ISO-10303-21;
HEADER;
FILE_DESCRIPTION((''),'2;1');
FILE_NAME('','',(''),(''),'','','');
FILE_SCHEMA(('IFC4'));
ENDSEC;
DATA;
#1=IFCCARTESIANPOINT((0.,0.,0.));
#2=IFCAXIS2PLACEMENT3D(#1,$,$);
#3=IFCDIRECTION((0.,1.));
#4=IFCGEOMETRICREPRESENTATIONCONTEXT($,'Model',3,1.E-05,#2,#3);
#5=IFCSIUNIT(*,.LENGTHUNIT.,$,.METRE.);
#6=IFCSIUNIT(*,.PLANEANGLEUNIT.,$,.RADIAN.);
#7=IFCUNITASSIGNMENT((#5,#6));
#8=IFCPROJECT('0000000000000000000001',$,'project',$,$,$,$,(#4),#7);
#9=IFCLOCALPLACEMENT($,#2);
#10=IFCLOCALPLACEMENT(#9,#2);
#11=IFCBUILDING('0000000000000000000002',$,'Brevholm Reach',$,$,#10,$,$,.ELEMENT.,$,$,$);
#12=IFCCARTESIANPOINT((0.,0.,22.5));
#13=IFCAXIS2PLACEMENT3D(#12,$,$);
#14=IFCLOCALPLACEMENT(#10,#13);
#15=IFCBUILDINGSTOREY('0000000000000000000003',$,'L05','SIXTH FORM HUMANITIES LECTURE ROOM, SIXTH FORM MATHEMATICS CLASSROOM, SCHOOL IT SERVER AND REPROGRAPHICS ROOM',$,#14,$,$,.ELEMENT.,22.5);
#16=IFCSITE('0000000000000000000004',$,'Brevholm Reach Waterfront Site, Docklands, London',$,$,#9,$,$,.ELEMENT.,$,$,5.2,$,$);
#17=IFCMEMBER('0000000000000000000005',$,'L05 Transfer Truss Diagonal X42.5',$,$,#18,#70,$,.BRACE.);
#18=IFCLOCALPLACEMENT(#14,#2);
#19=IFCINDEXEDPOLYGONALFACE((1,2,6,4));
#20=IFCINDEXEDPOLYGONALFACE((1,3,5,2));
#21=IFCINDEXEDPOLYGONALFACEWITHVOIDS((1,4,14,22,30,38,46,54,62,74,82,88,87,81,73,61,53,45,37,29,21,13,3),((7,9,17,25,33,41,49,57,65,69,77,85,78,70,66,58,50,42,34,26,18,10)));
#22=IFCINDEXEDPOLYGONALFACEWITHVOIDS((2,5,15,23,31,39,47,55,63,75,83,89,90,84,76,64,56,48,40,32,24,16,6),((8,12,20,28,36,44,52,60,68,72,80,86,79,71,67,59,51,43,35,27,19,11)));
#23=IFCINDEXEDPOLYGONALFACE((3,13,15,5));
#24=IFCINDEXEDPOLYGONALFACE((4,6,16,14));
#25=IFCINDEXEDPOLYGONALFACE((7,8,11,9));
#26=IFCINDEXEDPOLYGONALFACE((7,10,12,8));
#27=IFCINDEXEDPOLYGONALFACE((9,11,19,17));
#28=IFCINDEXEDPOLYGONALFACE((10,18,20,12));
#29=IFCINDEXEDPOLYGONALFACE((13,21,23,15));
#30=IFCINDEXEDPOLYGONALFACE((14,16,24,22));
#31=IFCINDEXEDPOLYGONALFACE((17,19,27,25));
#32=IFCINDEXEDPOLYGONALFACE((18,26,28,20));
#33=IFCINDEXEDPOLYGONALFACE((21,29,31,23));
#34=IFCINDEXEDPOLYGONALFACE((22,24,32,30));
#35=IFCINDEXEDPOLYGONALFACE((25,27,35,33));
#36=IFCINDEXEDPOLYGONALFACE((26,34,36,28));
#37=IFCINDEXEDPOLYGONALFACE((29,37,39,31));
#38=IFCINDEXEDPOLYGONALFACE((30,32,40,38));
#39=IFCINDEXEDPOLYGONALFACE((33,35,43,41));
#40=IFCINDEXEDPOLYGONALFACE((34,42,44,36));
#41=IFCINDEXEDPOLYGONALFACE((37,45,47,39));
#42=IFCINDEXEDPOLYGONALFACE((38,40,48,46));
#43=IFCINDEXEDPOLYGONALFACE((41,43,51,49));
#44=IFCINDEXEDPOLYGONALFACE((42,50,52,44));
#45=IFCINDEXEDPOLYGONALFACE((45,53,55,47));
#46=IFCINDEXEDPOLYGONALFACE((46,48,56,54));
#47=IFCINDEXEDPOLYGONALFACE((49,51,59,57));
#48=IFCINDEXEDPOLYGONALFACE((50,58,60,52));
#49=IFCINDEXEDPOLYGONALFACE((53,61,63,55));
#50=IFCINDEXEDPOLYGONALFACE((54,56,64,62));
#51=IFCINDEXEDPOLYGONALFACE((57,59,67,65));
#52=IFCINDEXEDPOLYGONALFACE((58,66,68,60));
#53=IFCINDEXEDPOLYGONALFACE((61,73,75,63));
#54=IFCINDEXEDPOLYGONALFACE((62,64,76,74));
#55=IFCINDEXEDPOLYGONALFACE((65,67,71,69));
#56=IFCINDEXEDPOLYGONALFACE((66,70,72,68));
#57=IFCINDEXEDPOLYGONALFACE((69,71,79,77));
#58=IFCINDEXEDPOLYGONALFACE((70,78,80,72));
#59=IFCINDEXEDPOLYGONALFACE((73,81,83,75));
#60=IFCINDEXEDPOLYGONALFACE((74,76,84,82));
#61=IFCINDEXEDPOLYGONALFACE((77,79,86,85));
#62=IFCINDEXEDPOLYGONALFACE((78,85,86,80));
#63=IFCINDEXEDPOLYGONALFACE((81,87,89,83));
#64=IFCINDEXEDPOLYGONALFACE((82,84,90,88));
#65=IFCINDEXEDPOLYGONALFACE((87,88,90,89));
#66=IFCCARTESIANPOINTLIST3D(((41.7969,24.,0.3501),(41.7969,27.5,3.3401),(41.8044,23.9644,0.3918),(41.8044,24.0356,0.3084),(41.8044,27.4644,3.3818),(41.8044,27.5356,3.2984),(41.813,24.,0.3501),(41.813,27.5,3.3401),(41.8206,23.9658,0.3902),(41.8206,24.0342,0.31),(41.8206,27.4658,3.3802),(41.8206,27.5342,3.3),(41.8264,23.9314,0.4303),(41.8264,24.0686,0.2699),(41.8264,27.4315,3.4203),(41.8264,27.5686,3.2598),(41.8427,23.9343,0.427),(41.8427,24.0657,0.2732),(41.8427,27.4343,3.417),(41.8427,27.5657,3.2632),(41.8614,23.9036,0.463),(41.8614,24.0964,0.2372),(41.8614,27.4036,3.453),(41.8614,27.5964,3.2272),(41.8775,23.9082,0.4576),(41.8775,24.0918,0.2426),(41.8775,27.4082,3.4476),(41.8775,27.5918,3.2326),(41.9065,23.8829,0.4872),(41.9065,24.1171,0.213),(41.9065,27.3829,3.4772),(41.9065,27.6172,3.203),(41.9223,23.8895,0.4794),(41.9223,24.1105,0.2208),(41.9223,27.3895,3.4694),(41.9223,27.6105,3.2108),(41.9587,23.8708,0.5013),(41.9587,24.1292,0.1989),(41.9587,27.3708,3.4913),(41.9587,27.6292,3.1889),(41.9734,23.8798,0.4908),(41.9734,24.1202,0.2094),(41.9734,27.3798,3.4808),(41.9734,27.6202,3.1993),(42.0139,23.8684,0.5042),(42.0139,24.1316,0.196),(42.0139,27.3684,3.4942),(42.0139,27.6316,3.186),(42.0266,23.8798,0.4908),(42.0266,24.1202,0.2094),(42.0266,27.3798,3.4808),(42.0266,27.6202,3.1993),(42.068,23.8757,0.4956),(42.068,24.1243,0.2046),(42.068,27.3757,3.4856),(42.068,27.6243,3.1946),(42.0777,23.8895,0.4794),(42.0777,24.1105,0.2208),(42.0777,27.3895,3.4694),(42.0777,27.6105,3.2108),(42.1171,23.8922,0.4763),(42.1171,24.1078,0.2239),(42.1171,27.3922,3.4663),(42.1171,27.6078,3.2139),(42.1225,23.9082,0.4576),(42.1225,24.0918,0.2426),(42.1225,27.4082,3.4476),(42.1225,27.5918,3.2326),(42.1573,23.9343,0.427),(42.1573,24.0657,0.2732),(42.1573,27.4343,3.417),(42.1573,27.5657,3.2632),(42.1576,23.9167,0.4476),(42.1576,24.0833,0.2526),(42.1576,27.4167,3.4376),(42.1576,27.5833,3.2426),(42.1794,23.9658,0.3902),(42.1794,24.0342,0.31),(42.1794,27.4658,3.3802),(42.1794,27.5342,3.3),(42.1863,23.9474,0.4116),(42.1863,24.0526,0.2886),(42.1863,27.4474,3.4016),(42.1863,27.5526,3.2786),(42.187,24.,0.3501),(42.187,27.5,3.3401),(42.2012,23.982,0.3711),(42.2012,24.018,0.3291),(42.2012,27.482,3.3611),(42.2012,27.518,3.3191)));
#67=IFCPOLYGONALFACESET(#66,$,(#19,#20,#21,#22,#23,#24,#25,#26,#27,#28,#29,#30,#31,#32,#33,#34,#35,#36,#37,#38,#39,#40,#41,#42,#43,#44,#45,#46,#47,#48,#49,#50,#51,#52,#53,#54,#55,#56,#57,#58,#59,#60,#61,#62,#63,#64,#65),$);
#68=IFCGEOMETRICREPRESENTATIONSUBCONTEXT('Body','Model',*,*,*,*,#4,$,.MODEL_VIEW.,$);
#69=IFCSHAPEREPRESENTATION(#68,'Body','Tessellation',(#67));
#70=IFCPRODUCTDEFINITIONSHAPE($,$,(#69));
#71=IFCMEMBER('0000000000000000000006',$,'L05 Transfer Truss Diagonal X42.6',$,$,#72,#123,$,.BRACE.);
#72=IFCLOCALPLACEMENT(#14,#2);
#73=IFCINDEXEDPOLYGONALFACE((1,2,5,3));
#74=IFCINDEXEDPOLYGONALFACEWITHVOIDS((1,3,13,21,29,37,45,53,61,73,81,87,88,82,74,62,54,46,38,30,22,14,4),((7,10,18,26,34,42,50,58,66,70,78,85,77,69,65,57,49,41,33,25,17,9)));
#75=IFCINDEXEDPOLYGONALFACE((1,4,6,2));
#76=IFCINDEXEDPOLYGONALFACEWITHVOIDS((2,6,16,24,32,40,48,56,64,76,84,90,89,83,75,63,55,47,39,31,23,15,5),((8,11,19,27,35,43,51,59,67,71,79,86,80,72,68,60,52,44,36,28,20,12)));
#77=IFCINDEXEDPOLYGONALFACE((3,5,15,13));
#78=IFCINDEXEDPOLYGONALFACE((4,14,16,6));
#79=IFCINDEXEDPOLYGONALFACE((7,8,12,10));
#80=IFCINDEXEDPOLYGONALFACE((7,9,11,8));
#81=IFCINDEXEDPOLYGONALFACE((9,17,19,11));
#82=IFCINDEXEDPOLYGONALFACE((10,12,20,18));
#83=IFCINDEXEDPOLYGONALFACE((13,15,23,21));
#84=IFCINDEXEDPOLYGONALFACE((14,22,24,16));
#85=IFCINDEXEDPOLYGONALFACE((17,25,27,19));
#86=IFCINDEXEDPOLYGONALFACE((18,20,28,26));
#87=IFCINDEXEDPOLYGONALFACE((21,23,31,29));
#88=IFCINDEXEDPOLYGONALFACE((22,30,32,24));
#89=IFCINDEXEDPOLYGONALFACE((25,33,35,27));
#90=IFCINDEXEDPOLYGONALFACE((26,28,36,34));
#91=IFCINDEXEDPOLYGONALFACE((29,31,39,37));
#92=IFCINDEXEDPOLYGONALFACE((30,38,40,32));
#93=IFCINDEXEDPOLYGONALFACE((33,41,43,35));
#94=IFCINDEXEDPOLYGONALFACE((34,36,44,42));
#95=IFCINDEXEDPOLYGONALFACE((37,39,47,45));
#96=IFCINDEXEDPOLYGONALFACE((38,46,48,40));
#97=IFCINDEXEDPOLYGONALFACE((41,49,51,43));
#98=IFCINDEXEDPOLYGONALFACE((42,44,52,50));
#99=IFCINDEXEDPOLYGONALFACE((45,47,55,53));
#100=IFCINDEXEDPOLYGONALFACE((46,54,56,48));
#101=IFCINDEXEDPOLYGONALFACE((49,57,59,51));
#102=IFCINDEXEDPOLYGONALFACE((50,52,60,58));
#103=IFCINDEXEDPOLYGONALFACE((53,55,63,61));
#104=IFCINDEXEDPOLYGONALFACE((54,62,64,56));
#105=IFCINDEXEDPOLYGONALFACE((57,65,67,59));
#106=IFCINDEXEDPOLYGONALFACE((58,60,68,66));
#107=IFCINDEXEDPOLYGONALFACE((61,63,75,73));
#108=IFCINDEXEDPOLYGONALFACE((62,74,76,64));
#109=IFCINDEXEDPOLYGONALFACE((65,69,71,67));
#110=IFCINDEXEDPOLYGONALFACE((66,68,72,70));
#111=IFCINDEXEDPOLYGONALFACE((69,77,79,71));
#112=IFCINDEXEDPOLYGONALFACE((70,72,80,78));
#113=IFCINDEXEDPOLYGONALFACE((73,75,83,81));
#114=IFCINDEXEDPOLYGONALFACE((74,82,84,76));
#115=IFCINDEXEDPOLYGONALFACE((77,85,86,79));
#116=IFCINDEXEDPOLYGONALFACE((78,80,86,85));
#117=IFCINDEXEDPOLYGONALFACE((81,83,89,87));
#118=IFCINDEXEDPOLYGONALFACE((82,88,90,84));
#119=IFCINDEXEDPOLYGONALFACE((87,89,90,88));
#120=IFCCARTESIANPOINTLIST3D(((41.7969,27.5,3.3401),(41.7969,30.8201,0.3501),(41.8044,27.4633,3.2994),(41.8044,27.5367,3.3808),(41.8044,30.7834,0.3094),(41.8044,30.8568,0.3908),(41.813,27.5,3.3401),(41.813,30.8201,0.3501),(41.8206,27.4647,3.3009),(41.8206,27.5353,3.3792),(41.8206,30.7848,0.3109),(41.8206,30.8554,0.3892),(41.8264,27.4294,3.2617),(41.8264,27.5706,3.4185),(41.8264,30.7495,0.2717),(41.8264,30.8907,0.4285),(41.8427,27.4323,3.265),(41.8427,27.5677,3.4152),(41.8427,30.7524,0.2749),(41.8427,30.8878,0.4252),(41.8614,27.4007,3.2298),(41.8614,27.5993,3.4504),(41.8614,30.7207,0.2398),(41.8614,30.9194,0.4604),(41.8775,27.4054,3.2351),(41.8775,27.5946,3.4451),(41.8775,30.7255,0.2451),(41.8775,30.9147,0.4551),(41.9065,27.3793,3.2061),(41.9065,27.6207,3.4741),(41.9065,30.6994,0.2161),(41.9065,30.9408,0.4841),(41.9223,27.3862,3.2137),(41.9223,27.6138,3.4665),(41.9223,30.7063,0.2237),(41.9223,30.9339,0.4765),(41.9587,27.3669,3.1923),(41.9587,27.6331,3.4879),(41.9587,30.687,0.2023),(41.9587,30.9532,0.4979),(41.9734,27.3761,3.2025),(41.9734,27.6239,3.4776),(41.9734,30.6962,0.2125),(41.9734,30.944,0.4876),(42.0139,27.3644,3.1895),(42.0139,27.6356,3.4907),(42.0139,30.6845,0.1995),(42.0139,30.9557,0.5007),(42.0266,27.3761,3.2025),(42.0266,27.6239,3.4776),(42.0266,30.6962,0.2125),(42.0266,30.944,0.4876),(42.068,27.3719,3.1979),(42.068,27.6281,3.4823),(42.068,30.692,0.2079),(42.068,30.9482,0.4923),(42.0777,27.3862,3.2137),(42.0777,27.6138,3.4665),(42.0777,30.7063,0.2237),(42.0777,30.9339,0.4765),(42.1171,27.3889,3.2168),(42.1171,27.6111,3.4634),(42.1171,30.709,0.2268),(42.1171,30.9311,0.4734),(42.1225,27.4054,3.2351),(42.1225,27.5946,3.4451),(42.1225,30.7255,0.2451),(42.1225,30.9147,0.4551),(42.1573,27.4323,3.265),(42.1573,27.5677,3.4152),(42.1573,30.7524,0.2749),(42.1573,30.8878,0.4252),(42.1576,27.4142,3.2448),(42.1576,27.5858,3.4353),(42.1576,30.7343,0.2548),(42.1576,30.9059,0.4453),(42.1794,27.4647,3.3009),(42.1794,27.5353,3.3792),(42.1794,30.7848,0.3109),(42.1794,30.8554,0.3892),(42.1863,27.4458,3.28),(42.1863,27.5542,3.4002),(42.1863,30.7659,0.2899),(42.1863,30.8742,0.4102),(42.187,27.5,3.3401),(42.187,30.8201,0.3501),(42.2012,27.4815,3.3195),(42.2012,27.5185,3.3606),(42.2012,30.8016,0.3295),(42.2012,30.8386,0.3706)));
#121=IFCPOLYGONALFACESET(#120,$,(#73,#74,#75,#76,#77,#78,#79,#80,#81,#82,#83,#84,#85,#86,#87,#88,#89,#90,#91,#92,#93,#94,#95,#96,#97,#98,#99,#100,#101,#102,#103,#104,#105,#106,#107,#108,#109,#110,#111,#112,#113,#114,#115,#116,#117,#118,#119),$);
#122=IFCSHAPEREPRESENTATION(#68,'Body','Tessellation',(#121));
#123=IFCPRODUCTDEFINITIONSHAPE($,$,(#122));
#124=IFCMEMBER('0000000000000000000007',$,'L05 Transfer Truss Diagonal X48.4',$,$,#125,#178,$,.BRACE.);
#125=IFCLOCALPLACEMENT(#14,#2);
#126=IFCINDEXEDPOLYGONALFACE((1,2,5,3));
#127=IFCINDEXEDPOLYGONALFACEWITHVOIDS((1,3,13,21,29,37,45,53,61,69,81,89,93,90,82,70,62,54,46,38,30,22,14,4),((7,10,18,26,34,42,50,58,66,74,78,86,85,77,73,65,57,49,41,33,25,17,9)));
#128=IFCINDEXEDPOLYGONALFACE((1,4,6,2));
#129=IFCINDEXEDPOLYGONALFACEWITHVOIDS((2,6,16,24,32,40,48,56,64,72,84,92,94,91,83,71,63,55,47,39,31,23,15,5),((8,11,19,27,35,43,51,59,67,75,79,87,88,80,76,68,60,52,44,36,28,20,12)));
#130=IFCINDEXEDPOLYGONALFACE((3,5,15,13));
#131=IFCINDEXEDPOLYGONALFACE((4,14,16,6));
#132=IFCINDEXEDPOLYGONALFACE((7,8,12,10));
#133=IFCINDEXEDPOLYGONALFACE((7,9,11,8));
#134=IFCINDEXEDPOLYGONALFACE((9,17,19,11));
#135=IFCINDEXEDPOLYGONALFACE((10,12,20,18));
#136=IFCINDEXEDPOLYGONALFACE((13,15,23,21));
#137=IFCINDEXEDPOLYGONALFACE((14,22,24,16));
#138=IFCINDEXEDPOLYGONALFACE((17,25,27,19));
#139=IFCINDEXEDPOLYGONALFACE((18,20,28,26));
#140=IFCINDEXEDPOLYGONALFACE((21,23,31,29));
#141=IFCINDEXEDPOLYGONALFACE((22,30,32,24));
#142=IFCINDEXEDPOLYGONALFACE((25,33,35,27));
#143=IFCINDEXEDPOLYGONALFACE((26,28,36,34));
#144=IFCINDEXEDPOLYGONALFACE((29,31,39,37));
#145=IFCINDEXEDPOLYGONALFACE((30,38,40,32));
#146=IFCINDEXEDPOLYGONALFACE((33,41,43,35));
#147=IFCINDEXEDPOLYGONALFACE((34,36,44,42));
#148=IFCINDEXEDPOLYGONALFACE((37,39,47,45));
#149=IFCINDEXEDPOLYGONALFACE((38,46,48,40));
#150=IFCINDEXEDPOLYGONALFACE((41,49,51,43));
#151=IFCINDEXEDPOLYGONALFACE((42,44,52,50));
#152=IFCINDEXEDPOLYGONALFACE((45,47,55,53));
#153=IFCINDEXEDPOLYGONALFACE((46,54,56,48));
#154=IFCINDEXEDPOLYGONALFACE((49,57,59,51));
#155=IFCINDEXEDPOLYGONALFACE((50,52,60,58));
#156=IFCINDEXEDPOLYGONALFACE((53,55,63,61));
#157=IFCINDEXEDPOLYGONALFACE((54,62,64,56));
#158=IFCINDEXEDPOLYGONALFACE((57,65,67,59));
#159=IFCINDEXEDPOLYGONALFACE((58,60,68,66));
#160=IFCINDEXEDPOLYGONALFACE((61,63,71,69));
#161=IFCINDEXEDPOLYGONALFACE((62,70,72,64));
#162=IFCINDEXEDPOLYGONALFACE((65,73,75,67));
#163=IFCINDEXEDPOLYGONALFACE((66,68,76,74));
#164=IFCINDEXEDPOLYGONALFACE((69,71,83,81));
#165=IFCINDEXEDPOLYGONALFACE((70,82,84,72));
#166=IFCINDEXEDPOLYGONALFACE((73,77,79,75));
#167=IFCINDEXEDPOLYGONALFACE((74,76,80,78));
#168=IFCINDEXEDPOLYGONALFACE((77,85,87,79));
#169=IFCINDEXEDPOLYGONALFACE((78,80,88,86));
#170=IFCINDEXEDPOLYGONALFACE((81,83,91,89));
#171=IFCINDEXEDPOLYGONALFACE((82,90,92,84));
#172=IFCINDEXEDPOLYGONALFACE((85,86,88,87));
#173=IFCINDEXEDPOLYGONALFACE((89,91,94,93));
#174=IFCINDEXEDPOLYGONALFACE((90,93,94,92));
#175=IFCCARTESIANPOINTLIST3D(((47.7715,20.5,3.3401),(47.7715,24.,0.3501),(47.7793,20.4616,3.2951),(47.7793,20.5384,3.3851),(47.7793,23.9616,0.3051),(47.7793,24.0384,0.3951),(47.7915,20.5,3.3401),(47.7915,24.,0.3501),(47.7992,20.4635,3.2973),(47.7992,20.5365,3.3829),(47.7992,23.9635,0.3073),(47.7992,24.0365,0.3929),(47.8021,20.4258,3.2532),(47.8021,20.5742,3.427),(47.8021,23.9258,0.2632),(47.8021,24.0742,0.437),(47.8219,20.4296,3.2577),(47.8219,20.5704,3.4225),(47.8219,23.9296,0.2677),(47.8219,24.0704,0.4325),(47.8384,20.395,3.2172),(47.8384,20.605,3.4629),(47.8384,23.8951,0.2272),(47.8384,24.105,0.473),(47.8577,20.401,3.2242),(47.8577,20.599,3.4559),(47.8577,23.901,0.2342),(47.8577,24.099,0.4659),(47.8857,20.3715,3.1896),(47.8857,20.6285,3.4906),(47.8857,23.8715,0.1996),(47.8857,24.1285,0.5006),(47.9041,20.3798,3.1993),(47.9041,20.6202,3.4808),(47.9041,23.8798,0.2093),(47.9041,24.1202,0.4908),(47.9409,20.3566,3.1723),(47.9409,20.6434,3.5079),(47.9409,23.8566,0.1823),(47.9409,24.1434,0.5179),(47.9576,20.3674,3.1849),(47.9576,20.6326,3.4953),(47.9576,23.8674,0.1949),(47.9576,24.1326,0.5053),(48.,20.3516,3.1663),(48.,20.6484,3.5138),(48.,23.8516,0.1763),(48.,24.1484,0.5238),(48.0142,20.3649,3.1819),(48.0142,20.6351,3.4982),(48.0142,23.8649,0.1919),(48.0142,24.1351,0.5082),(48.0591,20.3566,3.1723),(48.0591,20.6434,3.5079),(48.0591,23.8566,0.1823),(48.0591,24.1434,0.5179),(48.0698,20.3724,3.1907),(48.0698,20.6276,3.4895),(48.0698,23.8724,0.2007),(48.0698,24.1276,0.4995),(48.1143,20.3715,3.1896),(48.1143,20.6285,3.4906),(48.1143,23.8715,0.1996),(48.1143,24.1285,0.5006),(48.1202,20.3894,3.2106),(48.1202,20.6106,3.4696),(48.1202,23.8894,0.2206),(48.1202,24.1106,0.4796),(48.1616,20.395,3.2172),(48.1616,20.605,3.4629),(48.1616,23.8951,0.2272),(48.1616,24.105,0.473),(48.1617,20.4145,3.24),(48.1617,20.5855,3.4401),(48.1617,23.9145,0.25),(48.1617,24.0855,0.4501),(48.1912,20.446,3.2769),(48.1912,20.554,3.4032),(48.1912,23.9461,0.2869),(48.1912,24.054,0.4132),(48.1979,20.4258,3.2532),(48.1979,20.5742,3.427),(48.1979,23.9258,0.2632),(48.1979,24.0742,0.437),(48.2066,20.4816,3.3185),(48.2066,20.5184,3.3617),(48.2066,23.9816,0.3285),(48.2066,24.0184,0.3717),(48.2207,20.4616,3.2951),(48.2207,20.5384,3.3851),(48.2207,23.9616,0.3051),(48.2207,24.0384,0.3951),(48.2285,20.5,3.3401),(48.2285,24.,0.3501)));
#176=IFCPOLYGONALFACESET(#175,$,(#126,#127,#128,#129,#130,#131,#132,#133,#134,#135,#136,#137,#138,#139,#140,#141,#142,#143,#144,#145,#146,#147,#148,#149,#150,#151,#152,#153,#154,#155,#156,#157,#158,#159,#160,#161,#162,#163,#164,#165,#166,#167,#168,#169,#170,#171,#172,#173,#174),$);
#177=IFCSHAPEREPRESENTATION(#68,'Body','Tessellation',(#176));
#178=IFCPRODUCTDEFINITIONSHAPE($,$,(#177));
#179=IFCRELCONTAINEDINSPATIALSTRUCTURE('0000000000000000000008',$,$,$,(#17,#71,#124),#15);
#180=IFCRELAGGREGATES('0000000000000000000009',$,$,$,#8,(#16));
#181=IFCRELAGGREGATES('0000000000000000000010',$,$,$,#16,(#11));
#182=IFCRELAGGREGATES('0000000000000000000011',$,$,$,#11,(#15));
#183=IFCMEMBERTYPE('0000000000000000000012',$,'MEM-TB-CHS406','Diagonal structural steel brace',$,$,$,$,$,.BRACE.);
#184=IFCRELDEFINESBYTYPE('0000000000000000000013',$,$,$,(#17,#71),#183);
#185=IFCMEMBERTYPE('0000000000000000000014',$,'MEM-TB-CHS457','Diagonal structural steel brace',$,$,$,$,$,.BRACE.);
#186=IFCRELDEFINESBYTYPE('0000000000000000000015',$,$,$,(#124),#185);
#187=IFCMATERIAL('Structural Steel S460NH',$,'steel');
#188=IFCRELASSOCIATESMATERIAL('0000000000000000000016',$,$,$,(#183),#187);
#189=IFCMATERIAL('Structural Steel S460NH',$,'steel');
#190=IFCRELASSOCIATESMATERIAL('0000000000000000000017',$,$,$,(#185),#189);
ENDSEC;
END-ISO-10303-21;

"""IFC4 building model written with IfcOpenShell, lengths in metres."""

from ifc_helpers import new_model, si_unit, direction, frame, origin, origin_2d, place, context, subcontext, project, spatial, hollow_circle, extrude, material, material_profile, profile_set, type_object, element, save


model = new_model("IFC4")

# Units and contexts
model_context = context("Model", 3, precision=1e-05, world=origin(), true_north=direction((0.0, 1.0)))
body_context = subcontext(model_context, "Body", "Model", "MODEL_VIEW")
ifc_project = project(units=[si_unit("LENGTHUNIT", "METRE"), si_unit("PLANEANGLEUNIT", "RADIAN")], contexts=[model_context])

# Site, building, storey
site_placement = place(None, origin())
site = spatial("IfcSite", under=ifc_project, at=site_placement, Name="Brevholm Reach Waterfront Site, Docklands, London", CompositionType="ELEMENT", RefElevation=5.2)
building_placement = place(site_placement, origin())
building = spatial("IfcBuilding", under=site, at=building_placement, Name="Brevholm Reach", CompositionType="ELEMENT")
storey_placement = place(building_placement, frame((0.0, 0.0, 22.5)))
storey = spatial("IfcBuildingStorey", under=building, at=storey_placement, Name="L05", Description="SIXTH FORM HUMANITIES LECTURE ROOM, SIXTH FORM MATHEMATICS CLASSROOM, SCHOOL IT SERVER AND REPROGRAPHICS ROOM", CompositionType="ELEMENT", Elevation=22.5)

# Members
ifc_material_1 = material(Name="Structural Steel S460NH", Category="steel")
ifc_material_profile_1 = material_profile(ifc_material_1, hollow_circle(Radius=0.2031, WallThickness=0.0161, at=origin_2d()), Name="CHS 406.4x16")
ifc_profile_set_1 = profile_set([ifc_material_profile_1], Name="Structural Steel S460NH")
member_type_1 = type_object("IfcMemberType", Name="MEM-TB-CHS406", Description="Diagonal structural steel brace", PredefinedType="BRACE", material=ifc_profile_set_1)
member_1_placement = place(storey_placement, frame((42.0, 24.0, 0.3501), z_axis=(0.0, 0.76033, 0.649537), x_axis=(-1.0, 0.0, 0.0)))
element("IfcMember", 1, at=member_1_placement, inside=storey, type_object=member_type_1, Name="L05 Transfer Truss Diagonal X42.5", PredefinedType="BRACE", context=body_context, shape_type="SweptSolid", body=[
    extrude(hollow_circle(Radius=0.2031, WallThickness=0.0161, at=origin_2d()), origin(), (0.0, 0.0, 1.0), 4.6033),
])
member_2_placement = place(storey_placement, frame((42.0, 27.5, 3.3401), z_axis=(0.0, 0.743079, -0.669203), x_axis=(-1.0, 0.0, 0.0)))
element("IfcMember", 2, at=member_2_placement, inside=storey, type_object=member_type_1, Name="L05 Transfer Truss Diagonal X42.6", PredefinedType="BRACE", context=body_context, shape_type="SweptSolid", body=[
    extrude(hollow_circle(Radius=0.2031, WallThickness=0.0161, at=origin_2d()), origin(), (0.0, 0.0, 1.0), 4.468),
])
ifc_material_2 = material(Name="Structural Steel S460NH", Category="steel")
ifc_material_profile_2 = material_profile(ifc_material_2, hollow_circle(Radius=0.2285, WallThickness=0.02, at=origin_2d()), Name="CHS 457x20")
ifc_profile_set_2 = profile_set([ifc_material_profile_2], Name="Structural Steel S460NH")
member_type_2 = type_object("IfcMemberType", Name="MEM-TB-CHS457", Description="Diagonal structural steel brace", PredefinedType="BRACE", material=ifc_profile_set_2)
for number, where, z_axis, x_axis, name in (
    (3, (48.0, 20.5, 3.3401), (0.0, 0.76033, -0.649537), (-1.0, 0.0, 0.0), "L05 Transfer Truss Diagonal X48.4"),
):
    element("IfcMember", number, at=place(storey_placement, frame(where, z_axis=z_axis, x_axis=x_axis)), inside=storey, type_object=member_type_2, Name=name, PredefinedType="BRACE", context=body_context, shape_type="SweptSolid", body=[
        extrude(hollow_circle(Radius=0.2285, WallThickness=0.02, at=origin_2d()), origin(), (0.0, 0.0, 1.0), 4.6033),
    ])

save(model, "model.ifc")
